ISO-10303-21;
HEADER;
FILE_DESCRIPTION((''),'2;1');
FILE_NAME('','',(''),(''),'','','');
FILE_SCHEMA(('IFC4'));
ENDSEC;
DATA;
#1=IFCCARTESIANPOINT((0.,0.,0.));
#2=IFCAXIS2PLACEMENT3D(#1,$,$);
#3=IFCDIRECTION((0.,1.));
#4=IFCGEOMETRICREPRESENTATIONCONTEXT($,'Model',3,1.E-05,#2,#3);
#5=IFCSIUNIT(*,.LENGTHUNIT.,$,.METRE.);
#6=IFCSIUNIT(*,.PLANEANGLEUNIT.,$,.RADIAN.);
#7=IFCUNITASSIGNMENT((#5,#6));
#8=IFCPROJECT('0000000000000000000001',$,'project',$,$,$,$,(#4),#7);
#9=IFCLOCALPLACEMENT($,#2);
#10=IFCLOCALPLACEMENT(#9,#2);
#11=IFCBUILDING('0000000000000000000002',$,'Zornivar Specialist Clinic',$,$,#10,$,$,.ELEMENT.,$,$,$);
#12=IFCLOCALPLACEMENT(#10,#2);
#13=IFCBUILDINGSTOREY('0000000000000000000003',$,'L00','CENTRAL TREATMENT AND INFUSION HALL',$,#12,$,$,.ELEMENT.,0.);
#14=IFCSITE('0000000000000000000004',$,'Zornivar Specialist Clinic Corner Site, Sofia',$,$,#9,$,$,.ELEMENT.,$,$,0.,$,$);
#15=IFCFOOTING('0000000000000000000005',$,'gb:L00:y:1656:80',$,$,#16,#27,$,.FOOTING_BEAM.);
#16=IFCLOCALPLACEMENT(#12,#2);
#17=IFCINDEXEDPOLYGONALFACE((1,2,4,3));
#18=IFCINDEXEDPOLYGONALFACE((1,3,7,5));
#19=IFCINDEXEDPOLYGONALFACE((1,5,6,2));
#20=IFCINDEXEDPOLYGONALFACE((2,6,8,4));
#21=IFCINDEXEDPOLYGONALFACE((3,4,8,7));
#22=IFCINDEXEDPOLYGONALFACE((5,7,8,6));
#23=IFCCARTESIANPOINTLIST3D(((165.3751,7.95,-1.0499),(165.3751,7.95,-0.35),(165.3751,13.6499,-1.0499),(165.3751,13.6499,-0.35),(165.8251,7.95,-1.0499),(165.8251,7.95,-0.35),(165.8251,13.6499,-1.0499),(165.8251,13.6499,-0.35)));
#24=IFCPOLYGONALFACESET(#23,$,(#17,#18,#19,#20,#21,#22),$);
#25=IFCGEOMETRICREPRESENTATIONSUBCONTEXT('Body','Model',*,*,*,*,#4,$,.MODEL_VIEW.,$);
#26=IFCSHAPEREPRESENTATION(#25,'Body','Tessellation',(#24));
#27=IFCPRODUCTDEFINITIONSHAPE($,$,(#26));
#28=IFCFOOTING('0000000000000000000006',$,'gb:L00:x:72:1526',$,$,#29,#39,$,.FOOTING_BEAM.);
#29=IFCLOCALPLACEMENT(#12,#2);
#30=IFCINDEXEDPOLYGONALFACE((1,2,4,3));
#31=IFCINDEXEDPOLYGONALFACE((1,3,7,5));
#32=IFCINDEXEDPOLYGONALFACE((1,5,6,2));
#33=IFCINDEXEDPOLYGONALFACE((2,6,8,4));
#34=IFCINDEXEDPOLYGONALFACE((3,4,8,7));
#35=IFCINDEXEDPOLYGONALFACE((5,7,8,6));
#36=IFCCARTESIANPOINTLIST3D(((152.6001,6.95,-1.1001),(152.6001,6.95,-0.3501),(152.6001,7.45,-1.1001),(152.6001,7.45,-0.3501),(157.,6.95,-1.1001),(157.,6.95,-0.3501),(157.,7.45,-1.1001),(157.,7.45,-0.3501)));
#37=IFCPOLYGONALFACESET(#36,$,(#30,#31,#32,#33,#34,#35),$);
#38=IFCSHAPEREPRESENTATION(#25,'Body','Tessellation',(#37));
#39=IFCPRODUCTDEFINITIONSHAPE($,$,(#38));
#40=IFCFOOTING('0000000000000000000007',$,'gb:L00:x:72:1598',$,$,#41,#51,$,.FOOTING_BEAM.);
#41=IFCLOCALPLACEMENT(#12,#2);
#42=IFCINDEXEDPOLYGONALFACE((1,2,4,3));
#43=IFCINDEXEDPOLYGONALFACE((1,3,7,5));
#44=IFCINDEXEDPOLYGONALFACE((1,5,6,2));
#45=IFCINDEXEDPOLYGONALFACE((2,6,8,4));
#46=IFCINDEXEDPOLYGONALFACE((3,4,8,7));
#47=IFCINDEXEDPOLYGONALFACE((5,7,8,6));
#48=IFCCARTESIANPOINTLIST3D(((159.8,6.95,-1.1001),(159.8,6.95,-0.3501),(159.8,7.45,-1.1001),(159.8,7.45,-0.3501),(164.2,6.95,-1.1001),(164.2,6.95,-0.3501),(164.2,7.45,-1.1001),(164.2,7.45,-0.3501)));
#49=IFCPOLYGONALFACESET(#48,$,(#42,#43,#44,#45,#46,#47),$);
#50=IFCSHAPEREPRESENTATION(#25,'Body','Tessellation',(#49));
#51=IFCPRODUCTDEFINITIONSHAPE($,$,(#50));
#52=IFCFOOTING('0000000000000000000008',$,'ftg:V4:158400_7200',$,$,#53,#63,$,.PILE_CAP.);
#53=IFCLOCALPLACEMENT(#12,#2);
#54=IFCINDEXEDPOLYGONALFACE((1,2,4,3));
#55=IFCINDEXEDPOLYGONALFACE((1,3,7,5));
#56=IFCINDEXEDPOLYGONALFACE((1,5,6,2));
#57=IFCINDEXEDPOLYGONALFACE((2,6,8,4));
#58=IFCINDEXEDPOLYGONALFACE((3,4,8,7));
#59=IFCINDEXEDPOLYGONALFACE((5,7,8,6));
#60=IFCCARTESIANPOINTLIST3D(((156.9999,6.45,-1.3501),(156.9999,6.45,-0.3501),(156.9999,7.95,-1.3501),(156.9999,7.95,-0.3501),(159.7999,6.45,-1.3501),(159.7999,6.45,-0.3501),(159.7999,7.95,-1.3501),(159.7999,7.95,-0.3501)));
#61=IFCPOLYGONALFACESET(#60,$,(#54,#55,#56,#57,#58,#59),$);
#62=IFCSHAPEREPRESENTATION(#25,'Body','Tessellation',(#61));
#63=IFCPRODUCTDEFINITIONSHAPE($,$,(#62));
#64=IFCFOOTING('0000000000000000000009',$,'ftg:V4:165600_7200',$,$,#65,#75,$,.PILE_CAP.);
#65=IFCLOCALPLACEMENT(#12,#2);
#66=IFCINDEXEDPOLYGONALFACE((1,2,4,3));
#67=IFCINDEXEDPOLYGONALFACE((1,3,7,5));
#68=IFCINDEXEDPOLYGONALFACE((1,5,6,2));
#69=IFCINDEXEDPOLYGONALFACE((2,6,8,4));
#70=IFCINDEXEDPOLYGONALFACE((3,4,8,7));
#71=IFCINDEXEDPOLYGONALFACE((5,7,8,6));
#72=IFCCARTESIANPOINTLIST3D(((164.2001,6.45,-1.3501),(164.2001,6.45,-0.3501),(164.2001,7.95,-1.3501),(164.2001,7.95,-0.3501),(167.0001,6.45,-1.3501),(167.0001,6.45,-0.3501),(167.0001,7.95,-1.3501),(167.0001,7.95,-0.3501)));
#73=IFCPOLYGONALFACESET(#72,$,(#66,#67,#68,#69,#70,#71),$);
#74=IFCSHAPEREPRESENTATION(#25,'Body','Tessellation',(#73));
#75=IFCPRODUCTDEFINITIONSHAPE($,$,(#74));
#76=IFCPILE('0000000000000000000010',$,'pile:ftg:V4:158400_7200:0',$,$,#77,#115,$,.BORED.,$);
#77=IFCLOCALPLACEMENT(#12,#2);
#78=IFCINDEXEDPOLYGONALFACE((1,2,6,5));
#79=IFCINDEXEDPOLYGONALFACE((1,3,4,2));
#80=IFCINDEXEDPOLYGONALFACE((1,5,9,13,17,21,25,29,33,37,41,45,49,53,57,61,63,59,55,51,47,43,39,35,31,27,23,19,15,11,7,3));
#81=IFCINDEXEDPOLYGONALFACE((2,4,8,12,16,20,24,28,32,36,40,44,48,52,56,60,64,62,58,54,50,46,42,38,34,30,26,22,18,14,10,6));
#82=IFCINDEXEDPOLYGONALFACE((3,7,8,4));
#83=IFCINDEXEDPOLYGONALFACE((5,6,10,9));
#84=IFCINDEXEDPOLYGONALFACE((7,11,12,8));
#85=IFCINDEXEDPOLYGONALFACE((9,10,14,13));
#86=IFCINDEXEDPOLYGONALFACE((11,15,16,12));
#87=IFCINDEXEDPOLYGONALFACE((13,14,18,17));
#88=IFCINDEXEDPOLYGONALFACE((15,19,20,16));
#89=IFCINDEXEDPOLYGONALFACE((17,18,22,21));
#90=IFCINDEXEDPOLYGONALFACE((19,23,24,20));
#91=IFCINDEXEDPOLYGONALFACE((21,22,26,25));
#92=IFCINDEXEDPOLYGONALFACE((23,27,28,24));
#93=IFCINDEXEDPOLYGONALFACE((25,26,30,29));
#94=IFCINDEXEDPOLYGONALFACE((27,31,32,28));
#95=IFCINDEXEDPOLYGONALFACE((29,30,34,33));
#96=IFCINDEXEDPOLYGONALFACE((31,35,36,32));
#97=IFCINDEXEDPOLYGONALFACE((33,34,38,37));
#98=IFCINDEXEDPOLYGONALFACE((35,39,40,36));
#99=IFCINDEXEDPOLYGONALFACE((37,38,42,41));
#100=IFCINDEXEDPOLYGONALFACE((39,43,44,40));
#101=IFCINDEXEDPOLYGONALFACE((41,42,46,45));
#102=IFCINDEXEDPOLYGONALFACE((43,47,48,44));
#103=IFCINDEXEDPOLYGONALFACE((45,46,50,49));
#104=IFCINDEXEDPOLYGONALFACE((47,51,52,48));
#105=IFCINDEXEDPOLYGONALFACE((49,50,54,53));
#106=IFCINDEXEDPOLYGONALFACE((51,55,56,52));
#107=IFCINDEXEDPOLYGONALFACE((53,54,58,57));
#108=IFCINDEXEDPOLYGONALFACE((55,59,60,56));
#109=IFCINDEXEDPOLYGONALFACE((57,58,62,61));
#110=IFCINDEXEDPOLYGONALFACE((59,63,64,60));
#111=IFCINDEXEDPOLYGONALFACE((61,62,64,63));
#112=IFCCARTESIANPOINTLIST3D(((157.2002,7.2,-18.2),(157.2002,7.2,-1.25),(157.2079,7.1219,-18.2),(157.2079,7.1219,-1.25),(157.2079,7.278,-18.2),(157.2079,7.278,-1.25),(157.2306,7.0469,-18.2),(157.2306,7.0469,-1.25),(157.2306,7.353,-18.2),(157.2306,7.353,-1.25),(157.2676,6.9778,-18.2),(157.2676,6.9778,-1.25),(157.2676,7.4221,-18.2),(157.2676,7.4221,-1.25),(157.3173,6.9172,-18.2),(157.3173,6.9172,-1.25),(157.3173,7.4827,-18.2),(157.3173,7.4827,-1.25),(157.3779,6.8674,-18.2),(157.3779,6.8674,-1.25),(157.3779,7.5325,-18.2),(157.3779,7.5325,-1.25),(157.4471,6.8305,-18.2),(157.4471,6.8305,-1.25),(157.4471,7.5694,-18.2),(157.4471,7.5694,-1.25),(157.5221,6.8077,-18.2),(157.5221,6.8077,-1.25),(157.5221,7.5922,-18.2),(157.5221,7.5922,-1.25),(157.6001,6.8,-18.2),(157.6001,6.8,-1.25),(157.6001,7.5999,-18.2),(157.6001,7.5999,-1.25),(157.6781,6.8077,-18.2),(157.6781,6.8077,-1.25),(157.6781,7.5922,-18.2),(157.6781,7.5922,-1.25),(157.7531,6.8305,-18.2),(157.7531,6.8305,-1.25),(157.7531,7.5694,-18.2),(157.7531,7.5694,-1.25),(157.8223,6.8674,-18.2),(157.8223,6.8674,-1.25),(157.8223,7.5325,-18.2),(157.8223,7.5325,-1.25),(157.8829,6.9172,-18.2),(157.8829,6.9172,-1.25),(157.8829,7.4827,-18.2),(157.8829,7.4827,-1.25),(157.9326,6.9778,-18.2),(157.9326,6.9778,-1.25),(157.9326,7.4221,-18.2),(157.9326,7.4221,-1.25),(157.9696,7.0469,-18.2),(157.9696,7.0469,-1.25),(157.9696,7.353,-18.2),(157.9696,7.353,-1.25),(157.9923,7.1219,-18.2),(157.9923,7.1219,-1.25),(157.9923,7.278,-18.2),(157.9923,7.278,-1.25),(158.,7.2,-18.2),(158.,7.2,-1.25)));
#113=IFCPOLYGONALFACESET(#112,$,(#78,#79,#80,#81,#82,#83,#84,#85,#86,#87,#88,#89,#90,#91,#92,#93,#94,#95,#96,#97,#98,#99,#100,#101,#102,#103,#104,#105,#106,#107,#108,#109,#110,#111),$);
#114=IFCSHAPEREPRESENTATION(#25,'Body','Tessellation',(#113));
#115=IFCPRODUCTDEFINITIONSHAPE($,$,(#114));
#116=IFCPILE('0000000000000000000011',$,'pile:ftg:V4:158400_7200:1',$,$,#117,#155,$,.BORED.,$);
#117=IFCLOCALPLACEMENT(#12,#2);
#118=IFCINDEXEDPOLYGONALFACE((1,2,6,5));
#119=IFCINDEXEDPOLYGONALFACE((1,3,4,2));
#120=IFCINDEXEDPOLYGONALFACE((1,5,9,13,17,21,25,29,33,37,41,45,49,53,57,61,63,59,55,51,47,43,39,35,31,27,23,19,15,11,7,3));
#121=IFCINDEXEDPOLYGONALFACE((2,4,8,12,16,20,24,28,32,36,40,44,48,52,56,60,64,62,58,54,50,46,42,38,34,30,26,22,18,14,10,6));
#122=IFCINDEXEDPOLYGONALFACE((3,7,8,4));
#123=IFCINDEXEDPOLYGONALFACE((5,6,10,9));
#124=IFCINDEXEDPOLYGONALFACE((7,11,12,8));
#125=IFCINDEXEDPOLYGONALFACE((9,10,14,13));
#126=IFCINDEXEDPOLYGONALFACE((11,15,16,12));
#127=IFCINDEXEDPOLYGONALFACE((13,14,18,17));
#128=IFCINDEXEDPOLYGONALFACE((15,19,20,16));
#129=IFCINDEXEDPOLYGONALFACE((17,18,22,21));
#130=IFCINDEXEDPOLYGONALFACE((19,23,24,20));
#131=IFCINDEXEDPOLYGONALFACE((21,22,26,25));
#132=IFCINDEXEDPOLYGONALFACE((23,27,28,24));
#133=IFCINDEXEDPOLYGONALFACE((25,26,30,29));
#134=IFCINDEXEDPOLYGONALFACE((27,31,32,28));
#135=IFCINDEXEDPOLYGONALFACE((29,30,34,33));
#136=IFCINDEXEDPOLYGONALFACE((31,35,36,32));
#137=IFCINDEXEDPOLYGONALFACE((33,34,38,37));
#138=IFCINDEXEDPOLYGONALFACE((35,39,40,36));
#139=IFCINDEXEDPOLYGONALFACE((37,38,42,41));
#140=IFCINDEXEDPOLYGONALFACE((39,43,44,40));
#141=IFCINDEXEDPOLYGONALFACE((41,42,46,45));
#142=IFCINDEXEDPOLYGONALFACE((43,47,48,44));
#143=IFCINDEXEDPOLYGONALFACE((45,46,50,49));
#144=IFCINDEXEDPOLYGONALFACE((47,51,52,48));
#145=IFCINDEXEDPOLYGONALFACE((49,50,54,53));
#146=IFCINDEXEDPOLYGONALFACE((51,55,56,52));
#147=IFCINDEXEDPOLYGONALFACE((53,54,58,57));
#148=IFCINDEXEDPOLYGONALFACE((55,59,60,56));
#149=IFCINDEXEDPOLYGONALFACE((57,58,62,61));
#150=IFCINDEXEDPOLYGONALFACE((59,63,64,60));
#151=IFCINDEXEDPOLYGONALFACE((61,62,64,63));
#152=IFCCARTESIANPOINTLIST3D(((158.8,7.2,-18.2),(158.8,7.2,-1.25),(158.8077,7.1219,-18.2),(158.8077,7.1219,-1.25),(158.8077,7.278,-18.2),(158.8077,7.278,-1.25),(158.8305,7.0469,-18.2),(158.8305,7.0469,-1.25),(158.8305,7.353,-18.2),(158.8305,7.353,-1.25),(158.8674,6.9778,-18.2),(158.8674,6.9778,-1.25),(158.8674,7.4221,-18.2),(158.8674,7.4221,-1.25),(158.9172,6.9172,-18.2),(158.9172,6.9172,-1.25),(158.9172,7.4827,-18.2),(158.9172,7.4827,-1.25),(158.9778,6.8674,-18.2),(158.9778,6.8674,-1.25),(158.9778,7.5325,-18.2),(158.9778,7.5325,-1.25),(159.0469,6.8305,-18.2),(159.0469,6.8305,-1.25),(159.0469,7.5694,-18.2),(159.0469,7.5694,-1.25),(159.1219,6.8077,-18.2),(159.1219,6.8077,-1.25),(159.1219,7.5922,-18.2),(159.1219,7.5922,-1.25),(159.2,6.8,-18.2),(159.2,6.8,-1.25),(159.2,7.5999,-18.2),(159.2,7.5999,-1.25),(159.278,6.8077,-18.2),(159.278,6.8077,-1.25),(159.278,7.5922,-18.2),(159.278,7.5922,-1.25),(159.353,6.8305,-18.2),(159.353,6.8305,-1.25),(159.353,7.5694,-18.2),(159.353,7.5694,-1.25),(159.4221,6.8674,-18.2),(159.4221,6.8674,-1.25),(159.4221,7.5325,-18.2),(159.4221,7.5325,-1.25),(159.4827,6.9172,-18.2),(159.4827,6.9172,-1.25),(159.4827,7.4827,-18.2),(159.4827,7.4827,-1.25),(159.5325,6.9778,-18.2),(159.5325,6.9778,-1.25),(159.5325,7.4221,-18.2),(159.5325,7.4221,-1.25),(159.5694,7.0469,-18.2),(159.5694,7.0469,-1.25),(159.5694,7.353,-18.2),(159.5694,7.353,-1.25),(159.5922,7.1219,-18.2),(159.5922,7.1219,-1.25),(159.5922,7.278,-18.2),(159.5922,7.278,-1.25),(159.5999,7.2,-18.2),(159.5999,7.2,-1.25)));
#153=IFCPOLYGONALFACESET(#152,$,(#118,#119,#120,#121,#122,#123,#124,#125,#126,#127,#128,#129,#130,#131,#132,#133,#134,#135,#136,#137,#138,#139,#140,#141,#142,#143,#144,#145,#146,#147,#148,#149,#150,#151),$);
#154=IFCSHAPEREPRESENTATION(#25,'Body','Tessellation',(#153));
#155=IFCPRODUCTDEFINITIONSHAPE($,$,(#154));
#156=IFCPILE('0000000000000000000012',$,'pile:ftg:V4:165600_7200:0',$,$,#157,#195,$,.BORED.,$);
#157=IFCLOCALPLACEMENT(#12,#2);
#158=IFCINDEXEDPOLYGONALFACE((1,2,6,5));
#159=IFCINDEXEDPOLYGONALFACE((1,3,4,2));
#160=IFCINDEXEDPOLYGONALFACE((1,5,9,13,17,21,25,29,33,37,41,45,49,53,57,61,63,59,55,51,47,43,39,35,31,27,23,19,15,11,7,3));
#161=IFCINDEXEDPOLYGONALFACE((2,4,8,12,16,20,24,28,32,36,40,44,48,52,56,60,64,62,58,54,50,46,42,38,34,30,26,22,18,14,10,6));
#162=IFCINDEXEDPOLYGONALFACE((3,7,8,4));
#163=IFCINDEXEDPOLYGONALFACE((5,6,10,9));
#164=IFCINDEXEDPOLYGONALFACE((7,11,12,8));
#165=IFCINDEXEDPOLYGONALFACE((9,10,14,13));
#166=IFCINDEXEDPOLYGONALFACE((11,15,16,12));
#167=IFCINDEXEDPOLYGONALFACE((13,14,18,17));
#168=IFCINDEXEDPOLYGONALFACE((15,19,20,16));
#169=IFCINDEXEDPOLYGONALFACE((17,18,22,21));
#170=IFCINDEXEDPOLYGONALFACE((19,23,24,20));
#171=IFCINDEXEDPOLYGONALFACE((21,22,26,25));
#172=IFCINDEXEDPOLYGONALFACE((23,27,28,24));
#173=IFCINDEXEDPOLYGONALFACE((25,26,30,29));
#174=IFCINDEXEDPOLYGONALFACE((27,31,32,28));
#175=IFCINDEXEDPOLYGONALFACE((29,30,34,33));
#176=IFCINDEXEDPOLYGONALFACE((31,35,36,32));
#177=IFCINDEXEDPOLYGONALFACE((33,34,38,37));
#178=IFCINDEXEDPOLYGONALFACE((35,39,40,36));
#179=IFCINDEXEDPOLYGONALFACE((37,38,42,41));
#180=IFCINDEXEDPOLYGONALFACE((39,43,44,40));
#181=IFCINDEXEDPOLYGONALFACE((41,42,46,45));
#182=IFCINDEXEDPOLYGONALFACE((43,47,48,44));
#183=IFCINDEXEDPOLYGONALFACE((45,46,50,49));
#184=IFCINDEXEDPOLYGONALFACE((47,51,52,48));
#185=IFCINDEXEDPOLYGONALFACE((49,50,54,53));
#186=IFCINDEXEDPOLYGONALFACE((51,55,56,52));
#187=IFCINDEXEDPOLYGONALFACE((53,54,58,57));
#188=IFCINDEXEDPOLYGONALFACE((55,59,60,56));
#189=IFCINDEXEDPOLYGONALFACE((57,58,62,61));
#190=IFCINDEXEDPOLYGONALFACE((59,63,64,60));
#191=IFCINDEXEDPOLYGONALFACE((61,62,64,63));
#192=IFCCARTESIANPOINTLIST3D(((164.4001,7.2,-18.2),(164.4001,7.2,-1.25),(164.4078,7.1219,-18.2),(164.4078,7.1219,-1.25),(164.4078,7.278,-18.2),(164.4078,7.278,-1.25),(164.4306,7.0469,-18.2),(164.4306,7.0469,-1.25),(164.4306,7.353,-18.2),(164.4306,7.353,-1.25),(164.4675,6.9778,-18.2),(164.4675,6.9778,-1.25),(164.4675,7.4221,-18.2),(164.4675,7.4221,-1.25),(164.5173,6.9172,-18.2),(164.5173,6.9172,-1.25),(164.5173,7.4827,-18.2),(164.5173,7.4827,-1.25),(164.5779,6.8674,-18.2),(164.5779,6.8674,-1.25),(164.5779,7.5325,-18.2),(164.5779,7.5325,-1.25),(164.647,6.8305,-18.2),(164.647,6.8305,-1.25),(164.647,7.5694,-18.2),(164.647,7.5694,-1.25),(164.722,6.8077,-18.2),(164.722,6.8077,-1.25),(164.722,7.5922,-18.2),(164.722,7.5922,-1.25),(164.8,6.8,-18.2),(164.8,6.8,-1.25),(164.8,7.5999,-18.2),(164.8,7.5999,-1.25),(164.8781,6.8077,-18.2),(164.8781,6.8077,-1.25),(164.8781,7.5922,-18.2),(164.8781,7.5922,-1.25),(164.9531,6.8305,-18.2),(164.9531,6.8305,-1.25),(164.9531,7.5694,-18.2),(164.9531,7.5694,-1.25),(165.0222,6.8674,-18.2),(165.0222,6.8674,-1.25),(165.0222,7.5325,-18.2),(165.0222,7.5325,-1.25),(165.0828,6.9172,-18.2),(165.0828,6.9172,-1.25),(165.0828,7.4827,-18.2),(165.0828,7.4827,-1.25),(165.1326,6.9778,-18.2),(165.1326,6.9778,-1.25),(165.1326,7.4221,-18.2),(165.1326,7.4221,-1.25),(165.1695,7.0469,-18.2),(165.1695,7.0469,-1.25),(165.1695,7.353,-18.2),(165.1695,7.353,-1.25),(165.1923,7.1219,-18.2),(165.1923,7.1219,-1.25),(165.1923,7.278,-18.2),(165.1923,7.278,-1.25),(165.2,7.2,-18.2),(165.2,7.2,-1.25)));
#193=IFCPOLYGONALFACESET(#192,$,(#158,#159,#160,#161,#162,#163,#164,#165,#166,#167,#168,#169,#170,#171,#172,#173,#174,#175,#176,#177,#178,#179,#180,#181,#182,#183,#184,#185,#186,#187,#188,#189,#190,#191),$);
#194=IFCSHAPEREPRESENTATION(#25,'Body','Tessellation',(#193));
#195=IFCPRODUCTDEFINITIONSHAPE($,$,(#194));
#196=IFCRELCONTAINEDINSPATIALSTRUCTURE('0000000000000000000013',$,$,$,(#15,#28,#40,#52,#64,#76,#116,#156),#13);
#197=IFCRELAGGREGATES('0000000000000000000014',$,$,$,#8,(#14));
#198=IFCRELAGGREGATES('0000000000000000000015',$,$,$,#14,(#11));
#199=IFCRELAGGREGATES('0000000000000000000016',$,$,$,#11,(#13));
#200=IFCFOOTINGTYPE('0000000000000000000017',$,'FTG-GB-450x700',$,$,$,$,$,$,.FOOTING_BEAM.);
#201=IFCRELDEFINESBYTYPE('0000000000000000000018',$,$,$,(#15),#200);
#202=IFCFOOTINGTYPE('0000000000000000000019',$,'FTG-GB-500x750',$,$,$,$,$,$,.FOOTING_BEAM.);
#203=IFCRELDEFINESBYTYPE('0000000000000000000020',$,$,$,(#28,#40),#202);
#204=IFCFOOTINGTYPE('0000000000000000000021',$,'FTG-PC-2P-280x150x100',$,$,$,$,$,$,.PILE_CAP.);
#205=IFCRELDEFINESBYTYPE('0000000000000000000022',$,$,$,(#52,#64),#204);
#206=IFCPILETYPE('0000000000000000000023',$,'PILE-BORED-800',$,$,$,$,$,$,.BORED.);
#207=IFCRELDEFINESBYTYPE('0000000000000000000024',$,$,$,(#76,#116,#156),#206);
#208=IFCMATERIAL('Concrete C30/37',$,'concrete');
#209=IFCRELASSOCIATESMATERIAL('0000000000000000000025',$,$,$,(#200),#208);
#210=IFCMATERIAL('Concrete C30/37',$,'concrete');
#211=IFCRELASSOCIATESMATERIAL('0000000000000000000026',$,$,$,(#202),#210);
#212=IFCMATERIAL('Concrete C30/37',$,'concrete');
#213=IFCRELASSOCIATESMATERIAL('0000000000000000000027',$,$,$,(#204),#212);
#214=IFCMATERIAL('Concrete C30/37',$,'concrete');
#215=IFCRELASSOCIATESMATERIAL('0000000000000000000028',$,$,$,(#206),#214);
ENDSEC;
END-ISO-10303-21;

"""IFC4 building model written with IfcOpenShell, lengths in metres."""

from ifc_helpers import new_model, si_unit, direction, frame, origin, origin_2d, place, context, subcontext, project, spatial, rectangle, circle, extrude, material, material_profile, profile_set, type_object, element, save


model = new_model("IFC4")

# Units and contexts
model_context = context("Model", 3, precision=1e-05, world=origin(), true_north=direction((0.0, 1.0)))
body_context = subcontext(model_context, "Body", "Model", "MODEL_VIEW")
ifc_project = project(units=[si_unit("LENGTHUNIT", "METRE"), si_unit("PLANEANGLEUNIT", "RADIAN")], contexts=[model_context])

# Site, building, storey
site_placement = place(None, origin())
site = spatial("IfcSite", under=ifc_project, at=site_placement, Name="Zornivar Specialist Clinic Corner Site, Sofia", CompositionType="ELEMENT", RefElevation=0.0)
building_placement = place(site_placement, origin())
building = spatial("IfcBuilding", under=site, at=building_placement, Name="Zornivar Specialist Clinic", CompositionType="ELEMENT")
storey_placement = place(building_placement, origin())
storey = spatial("IfcBuildingStorey", under=building, at=storey_placement, Name="L00", Description="CENTRAL TREATMENT AND INFUSION HALL", CompositionType="ELEMENT", Elevation=0.0)

# Footings
ifc_material_1 = material(Name="Concrete C30/37", Category="concrete")
ifc_material_profile_1 = material_profile(ifc_material_1, rectangle(XDim=0.45, YDim=0.7, at=origin_2d()), Name="RC 450x700")
ifc_profile_set_1 = profile_set([ifc_material_profile_1], Name="Concrete C30/37")
footing_type_1 = type_object("IfcFootingType", Name="FTG-GB-450x700", PredefinedType="FOOTING_BEAM", material=ifc_profile_set_1)
footing_placement = place(storey_placement, frame((165.6001, 7.95, -0.7), z_axis=(0.0, 1.0, 0.0), x_axis=(-1.0, 0.0, 0.0)))
element("IfcFooting", 1, at=footing_placement, inside=storey, type_object=footing_type_1, Name="gb:L00:y:1656:80", PredefinedType="FOOTING_BEAM", context=body_context, shape_type="SweptSolid", body=[
    extrude(rectangle(XDim=0.45, YDim=0.7, at=origin_2d()), origin(), (0.0, 0.0, 1.0), 5.7),
])
ifc_material_2 = material(Name="Concrete C30/37", Category="concrete")
ifc_material_profile_2 = material_profile(ifc_material_2, rectangle(XDim=0.5, YDim=0.75, at=origin_2d()), Name="RC 500x750")
ifc_profile_set_2 = profile_set([ifc_material_profile_2], Name="Concrete C30/37")
footing_type_2 = type_object("IfcFootingType", Name="FTG-GB-500x750", PredefinedType="FOOTING_BEAM", material=ifc_profile_set_2)
for number, where, z_axis, x_axis, name in (
    (2, (152.6001, 7.2, -0.7251), (1.0, 0.0, 0.0), (0.0, 1.0, 0.0), "gb:L00:x:72:1526"),
    (3, (159.8, 7.2, -0.7251), (1.0, 0.0, 0.0), (0.0, 1.0, 0.0), "gb:L00:x:72:1598"),
):
    element("IfcFooting", number, at=place(storey_placement, frame(where, z_axis=z_axis, x_axis=x_axis)), inside=storey, type_object=footing_type_2, Name=name, PredefinedType="FOOTING_BEAM", context=body_context, shape_type="SweptSolid", body=[
        extrude(rectangle(XDim=0.5, YDim=0.75, at=origin_2d()), origin(), (0.0, 0.0, 1.0), 4.3999),
    ])
ifc_material_3 = material(Name="Concrete C30/37", Category="concrete")
footing_type_3 = type_object("IfcFootingType", Name="FTG-PC-2P-280x150x100", PredefinedType="PILE_CAP", material=ifc_material_3)
for number, where, z_axis, x_axis, name in (
    (4, (158.3999, 7.2, -1.3501), (0.0, 0.0, 1.0), (1.0, 0.0, 0.0), "ftg:V4:158400_7200"),
    (5, (165.6001, 7.2, -1.3501), (0.0, 0.0, 1.0), (1.0, 0.0, 0.0), "ftg:V4:165600_7200"),
):
    element("IfcFooting", number, at=place(storey_placement, frame(where, z_axis=z_axis, x_axis=x_axis)), inside=storey, type_object=footing_type_3, Name=name, PredefinedType="PILE_CAP", context=body_context, shape_type="SweptSolid", body=[
        extrude(rectangle(XDim=2.8, YDim=1.5, at=origin_2d()), origin(), (0.0, 0.0, 1.0), 1.0),
    ])

# Piles
ifc_material_4 = material(Name="Concrete C30/37", Category="concrete")
ifc_material_profile_3 = material_profile(ifc_material_4, circle(Radius=0.3999, at=origin_2d()), Name="PILE D800")
ifc_profile_set_3 = profile_set([ifc_material_profile_3], Name="Concrete C30/37")
pile_type_1 = type_object("IfcPileType", Name="PILE-BORED-800", PredefinedType="BORED", material=ifc_profile_set_3)
for number, where, z_axis, x_axis, name in (
    (6, (157.6001, 7.2, -1.25), (0.0, 0.0, -1.0), (1.0, 0.0, 0.0), "pile:ftg:V4:158400_7200:0"),
    (7, (159.2, 7.2, -1.25), (0.0, 0.0, -1.0), (1.0, 0.0, 0.0), "pile:ftg:V4:158400_7200:1"),
    (8, (164.8, 7.2, -1.25), (0.0, 0.0, -1.0), (1.0, 0.0, 0.0), "pile:ftg:V4:165600_7200:0"),
):
    element("IfcPile", number, at=place(storey_placement, frame(where, z_axis=z_axis, x_axis=x_axis)), inside=storey, type_object=pile_type_1, Name=name, PredefinedType="BORED", context=body_context, shape_type="SweptSolid", body=[
        extrude(circle(Radius=0.3999, at=origin_2d()), origin(), (0.0, 0.0, 1.0), 16.95),
    ])

save(model, "model.ifc")
